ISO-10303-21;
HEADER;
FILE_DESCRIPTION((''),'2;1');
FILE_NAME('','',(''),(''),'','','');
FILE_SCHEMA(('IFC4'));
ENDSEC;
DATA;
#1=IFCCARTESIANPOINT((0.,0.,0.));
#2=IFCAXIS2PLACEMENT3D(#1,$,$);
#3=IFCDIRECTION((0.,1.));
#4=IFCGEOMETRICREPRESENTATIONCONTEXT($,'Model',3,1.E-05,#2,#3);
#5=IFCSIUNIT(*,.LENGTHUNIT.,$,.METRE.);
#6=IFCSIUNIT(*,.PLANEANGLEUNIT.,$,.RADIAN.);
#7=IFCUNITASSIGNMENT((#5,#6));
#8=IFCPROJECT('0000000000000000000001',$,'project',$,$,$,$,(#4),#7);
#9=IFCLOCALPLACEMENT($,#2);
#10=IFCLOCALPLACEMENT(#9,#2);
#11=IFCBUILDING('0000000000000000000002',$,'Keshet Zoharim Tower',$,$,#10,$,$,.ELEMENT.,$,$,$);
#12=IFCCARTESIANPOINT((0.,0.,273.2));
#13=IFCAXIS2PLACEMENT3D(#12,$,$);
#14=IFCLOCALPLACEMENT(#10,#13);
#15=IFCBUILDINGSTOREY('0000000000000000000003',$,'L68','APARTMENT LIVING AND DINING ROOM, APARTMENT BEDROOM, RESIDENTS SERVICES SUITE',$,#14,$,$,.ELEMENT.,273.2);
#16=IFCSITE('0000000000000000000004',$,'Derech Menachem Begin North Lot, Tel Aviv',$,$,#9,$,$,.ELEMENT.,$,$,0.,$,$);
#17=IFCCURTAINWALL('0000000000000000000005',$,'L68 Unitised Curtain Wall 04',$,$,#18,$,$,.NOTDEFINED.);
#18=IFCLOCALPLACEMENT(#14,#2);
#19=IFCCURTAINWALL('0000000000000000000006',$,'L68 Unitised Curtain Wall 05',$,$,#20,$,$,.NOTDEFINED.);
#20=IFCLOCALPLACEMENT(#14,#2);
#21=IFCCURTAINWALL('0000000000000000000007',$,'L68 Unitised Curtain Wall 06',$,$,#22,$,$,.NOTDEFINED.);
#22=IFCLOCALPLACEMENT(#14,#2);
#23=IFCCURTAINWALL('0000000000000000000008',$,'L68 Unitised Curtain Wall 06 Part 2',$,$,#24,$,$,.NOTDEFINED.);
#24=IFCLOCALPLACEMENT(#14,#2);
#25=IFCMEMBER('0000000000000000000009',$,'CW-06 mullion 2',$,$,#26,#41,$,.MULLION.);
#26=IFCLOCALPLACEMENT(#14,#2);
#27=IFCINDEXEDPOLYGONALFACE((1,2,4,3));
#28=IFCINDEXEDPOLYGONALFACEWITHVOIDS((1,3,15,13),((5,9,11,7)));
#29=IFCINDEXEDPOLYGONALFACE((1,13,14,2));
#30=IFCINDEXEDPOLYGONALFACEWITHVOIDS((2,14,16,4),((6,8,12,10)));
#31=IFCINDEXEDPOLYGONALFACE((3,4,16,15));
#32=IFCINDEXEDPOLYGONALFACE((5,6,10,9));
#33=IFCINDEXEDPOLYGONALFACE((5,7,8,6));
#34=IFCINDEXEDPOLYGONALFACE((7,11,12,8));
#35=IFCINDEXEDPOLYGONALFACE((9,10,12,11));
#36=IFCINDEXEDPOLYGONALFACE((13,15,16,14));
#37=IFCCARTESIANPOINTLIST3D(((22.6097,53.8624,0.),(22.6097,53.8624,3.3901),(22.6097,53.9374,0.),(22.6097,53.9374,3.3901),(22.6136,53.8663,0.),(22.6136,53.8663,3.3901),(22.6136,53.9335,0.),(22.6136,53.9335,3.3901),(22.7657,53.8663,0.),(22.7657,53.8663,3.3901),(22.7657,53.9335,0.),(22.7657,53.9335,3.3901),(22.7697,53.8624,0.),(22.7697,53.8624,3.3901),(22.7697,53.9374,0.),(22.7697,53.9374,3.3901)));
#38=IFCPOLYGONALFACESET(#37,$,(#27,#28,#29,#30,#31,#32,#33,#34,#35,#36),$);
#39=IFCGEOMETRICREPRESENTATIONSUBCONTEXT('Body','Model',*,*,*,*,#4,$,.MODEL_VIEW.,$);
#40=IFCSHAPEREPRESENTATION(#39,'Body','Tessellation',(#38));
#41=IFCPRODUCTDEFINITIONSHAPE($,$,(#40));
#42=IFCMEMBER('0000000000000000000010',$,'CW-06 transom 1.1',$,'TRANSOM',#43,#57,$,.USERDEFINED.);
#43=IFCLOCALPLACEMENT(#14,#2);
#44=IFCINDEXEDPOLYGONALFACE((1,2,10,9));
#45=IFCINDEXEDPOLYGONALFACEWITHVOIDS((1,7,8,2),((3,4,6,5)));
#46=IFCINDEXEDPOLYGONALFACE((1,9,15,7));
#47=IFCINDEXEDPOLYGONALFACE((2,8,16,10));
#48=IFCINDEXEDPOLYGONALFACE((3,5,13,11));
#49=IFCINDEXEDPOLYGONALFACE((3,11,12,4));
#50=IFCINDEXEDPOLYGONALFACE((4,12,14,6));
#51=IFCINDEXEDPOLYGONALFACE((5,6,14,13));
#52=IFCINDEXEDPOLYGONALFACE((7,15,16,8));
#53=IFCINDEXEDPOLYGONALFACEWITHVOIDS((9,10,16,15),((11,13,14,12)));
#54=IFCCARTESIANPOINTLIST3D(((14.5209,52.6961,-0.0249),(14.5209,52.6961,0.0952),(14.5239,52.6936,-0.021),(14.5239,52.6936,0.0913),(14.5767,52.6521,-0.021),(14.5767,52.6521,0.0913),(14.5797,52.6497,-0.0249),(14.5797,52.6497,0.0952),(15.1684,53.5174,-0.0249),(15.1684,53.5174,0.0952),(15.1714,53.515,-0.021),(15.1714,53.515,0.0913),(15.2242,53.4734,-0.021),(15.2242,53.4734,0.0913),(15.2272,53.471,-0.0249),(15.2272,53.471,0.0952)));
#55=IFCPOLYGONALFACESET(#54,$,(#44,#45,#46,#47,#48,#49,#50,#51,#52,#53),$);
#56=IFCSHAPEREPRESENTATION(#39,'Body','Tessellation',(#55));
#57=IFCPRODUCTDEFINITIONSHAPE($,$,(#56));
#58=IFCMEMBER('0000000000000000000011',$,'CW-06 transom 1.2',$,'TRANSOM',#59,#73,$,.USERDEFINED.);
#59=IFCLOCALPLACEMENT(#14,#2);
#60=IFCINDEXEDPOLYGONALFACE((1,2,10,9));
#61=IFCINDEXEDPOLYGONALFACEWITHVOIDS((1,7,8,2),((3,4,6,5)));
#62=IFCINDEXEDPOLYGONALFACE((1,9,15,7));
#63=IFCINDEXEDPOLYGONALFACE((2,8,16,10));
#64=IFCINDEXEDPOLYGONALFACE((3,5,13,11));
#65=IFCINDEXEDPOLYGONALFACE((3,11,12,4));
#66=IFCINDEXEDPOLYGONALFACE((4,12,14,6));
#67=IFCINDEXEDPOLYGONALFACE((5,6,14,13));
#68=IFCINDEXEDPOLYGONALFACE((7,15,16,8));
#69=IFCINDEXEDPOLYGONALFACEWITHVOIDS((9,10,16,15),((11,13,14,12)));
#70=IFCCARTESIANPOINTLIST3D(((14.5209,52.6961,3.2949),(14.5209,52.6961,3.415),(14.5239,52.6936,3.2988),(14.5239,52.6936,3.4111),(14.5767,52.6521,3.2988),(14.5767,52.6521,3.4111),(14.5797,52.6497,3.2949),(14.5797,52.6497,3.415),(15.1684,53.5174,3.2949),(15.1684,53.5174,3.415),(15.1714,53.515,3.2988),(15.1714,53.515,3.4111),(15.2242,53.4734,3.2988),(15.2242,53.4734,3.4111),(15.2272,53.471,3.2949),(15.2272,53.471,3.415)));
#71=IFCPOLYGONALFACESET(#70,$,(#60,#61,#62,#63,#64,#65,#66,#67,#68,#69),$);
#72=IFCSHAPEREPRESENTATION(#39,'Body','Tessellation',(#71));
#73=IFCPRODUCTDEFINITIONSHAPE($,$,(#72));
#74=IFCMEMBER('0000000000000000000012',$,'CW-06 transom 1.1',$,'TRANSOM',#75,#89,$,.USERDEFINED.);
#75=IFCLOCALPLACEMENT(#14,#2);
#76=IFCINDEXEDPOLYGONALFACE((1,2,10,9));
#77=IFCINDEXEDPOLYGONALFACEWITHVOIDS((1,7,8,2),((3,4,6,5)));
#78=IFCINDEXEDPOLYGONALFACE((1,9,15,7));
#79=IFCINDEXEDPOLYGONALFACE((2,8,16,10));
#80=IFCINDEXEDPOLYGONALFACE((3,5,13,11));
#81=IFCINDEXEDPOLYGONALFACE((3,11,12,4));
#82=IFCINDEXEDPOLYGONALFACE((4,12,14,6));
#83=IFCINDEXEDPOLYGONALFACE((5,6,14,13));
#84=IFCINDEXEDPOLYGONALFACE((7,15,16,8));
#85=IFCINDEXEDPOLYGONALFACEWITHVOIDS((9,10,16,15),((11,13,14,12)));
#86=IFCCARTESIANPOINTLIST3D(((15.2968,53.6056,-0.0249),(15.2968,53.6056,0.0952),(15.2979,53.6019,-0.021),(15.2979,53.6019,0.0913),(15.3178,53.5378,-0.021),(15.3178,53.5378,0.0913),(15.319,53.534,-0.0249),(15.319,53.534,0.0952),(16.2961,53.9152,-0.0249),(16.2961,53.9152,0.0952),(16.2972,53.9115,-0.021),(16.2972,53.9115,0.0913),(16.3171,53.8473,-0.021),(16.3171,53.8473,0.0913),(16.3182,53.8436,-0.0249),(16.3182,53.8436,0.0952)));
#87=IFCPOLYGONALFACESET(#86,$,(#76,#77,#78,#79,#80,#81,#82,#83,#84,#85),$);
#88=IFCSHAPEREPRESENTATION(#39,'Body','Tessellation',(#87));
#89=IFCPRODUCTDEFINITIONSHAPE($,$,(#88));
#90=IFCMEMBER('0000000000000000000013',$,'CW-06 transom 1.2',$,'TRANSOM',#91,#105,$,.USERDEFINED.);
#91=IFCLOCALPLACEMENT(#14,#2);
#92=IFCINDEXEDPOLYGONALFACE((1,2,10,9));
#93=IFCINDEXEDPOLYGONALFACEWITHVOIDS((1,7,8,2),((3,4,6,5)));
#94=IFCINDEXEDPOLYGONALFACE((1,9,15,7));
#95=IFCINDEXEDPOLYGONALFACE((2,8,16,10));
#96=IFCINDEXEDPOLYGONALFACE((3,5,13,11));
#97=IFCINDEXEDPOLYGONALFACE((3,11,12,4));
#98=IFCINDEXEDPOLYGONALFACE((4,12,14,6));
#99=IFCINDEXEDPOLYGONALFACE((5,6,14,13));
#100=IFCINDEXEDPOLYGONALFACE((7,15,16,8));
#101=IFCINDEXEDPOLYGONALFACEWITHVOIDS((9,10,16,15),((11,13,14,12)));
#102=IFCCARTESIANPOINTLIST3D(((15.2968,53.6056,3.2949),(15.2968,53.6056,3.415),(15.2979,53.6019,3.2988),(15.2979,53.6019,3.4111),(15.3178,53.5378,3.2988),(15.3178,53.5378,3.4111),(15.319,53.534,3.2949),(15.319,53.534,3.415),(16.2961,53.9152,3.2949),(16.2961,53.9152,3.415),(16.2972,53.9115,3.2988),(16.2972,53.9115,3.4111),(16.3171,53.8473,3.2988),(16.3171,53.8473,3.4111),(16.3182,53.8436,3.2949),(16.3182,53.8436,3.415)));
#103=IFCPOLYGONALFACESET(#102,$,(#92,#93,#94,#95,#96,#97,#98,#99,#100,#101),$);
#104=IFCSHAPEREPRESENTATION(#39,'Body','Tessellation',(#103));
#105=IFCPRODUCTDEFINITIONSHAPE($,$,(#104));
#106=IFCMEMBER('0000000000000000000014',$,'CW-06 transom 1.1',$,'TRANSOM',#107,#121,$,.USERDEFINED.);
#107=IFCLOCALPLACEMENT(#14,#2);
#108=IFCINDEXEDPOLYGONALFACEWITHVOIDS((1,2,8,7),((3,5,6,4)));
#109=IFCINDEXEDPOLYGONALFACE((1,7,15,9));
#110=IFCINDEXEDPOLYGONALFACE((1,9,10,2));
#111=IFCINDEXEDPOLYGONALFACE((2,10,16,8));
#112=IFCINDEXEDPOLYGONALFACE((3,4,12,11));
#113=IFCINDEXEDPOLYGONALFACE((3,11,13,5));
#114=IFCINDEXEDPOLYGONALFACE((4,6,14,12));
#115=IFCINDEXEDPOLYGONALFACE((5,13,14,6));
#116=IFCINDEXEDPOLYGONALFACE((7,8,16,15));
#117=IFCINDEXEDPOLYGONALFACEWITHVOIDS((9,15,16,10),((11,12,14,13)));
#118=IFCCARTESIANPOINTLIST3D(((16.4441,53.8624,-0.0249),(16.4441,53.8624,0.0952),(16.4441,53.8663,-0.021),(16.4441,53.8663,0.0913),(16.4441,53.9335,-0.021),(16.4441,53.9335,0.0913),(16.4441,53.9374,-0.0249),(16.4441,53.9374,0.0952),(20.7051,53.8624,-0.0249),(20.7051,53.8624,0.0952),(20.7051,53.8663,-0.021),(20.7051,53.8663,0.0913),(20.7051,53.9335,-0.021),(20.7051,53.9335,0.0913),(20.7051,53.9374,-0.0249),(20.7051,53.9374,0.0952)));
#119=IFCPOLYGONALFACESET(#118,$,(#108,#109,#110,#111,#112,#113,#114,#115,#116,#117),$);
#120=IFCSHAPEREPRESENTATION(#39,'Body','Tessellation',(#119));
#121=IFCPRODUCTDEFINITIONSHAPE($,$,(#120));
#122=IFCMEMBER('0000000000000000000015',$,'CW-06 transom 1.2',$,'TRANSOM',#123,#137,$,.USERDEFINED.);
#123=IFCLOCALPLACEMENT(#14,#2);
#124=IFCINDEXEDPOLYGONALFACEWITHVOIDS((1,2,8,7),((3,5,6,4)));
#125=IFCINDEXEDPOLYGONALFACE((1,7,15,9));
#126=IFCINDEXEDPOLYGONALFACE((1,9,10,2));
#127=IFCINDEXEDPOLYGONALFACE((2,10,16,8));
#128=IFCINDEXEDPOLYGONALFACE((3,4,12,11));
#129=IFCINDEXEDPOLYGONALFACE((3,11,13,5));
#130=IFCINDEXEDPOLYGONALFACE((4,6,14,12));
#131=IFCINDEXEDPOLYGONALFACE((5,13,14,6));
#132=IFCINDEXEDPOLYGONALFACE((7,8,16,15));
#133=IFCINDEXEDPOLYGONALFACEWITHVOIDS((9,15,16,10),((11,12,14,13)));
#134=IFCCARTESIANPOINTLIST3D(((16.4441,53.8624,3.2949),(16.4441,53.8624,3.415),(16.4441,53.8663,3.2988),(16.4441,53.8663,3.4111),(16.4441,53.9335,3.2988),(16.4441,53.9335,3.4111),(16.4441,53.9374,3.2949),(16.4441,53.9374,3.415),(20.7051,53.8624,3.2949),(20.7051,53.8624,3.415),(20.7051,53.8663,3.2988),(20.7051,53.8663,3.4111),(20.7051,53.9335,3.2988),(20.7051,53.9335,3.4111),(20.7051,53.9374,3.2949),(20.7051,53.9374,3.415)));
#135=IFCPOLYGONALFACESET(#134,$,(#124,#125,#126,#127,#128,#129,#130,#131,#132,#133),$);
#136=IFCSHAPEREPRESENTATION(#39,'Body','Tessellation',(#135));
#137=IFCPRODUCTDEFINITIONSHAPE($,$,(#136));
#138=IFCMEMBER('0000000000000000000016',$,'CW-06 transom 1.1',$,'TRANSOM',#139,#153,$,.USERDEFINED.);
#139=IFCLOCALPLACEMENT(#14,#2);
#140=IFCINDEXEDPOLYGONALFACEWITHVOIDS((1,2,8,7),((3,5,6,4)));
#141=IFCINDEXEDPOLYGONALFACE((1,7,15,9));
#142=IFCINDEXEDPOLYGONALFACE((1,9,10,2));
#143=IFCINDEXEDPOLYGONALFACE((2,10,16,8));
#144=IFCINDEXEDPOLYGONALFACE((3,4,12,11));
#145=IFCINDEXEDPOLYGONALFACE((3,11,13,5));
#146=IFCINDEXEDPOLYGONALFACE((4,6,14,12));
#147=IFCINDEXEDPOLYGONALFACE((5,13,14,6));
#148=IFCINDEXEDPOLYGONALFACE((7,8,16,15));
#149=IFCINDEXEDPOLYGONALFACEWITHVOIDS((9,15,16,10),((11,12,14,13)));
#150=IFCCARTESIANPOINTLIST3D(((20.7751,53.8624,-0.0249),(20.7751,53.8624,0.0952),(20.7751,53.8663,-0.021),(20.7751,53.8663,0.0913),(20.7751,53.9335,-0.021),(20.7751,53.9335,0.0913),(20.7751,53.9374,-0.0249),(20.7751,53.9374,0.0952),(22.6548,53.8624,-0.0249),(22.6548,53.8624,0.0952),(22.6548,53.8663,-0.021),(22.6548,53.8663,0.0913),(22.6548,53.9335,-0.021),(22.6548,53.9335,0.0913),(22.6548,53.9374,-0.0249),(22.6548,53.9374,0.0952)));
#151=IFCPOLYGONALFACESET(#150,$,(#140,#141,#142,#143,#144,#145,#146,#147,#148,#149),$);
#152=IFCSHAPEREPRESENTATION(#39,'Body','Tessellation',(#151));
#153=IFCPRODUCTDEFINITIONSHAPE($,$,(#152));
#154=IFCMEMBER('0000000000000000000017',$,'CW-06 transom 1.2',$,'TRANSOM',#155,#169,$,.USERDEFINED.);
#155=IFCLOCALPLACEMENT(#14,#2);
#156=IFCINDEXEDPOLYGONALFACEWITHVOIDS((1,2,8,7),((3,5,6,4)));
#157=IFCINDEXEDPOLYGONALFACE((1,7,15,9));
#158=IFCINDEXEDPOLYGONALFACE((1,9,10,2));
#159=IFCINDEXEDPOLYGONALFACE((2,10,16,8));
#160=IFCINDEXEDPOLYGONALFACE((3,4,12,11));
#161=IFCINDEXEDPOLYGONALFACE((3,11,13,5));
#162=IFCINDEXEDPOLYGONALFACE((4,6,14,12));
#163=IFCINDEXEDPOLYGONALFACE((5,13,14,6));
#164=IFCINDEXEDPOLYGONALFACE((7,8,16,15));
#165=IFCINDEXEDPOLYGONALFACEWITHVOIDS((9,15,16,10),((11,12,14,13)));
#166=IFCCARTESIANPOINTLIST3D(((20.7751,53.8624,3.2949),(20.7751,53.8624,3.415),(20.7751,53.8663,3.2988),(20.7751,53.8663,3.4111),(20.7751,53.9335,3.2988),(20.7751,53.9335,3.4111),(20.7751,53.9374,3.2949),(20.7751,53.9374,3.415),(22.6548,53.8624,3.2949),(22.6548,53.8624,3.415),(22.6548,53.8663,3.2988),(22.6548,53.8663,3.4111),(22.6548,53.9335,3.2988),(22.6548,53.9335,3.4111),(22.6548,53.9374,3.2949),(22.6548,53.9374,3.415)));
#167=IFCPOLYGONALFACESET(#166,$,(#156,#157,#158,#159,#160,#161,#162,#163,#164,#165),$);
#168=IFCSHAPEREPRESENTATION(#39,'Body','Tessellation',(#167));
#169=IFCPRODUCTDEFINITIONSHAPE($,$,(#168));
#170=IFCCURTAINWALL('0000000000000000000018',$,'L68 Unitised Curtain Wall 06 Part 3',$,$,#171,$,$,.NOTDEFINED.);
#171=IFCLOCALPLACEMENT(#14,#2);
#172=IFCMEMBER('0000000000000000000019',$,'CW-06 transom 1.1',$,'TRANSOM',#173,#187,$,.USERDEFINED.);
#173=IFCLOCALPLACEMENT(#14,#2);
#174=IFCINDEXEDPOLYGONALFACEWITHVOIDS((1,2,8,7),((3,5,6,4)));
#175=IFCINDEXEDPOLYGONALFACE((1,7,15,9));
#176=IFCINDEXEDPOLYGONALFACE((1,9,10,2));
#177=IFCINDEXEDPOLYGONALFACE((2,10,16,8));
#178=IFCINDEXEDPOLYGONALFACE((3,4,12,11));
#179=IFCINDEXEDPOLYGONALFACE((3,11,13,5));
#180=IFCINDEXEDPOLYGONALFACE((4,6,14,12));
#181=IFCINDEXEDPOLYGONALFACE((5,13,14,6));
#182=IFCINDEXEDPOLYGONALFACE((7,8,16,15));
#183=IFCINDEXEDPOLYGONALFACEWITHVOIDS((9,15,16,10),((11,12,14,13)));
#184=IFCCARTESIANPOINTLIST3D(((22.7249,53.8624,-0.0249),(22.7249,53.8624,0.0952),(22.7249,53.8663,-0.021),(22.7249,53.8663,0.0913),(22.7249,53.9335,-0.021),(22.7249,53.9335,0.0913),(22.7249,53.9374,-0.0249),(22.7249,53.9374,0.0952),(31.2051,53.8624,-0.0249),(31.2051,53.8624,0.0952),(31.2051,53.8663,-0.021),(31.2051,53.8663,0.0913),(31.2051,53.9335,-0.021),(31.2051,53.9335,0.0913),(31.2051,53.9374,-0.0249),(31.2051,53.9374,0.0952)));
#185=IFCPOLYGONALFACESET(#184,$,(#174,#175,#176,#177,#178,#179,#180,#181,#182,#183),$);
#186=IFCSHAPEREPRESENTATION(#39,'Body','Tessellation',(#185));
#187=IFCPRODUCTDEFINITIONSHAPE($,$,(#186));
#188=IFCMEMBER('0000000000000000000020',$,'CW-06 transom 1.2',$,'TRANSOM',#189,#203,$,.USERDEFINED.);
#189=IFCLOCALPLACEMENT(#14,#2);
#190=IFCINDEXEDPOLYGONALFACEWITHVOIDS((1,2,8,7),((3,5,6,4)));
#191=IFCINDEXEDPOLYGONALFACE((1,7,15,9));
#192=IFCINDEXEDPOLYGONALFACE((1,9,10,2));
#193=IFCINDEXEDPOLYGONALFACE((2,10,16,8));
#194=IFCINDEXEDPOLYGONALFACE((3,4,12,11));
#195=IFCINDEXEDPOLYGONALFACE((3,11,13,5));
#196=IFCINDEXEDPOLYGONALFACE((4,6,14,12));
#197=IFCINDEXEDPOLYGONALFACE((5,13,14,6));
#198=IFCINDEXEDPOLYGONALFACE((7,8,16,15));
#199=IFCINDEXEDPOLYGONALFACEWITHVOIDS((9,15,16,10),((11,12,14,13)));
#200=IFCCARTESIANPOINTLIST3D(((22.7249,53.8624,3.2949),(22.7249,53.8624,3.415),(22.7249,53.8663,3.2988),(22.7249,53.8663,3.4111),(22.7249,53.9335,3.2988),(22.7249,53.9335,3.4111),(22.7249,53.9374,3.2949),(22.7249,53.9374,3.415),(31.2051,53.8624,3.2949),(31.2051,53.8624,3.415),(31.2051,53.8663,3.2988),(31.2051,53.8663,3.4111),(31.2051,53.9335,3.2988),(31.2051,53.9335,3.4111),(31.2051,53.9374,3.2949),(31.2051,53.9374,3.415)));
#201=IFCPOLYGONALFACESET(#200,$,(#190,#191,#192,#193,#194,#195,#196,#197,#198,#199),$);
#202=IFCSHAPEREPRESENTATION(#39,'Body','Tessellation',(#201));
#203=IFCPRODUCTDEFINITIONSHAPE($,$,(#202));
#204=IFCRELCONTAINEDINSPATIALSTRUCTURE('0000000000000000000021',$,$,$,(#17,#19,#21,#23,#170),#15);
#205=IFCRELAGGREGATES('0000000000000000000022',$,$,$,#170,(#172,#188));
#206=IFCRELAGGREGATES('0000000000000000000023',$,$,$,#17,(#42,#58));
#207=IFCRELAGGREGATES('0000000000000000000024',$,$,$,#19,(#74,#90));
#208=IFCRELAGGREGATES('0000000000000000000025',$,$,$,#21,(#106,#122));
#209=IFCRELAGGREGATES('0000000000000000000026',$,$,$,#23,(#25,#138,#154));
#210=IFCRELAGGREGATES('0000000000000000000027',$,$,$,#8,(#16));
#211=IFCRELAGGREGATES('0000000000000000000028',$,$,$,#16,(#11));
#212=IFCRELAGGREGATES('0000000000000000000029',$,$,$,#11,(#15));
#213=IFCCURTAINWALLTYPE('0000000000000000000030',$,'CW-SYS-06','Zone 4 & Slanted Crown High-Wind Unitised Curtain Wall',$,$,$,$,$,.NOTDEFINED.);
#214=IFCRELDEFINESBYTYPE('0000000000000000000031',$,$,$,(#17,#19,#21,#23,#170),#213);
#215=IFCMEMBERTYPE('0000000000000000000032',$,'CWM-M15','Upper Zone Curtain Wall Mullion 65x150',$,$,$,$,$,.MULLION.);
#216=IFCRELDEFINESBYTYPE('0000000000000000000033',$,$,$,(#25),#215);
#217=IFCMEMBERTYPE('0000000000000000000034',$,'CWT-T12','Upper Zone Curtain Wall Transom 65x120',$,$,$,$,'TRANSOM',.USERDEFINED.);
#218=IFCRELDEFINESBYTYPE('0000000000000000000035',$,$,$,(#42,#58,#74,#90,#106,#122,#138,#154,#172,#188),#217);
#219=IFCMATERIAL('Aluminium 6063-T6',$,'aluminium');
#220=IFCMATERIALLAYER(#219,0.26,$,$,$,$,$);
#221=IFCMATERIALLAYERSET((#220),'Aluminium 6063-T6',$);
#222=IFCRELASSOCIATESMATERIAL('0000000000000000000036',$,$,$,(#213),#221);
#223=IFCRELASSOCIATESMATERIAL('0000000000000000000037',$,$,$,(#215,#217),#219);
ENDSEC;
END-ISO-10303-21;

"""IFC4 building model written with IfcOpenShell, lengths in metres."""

from ifc_helpers import new_model, si_unit, direction, frame, origin, origin_2d, place, context, subcontext, project, spatial, hollow_rectangle, extrude, material, layer, layer_set, material_profile, profile_set, type_object, element, aggregate, save


model = new_model("IFC4")

# Units and contexts
model_context = context("Model", 3, precision=1e-05, world=origin(), true_north=direction((0.0, 1.0)))
body_context = subcontext(model_context, "Body", "Model", "MODEL_VIEW")
ifc_project = project(units=[si_unit("LENGTHUNIT", "METRE"), si_unit("PLANEANGLEUNIT", "RADIAN")], contexts=[model_context])

# Site, building, storey
site_placement = place(None, origin())
site = spatial("IfcSite", under=ifc_project, at=site_placement, Name="Derech Menachem Begin North Lot, Tel Aviv", CompositionType="ELEMENT", RefElevation=0.0)
building_placement = place(site_placement, origin())
building = spatial("IfcBuilding", under=site, at=building_placement, Name="Keshet Zoharim Tower", CompositionType="ELEMENT")
storey_placement = place(building_placement, frame((0.0, 0.0, 273.2)))
storey = spatial("IfcBuildingStorey", under=building, at=storey_placement, Name="L68", Description="APARTMENT LIVING AND DINING ROOM, APARTMENT BEDROOM, RESIDENTS SERVICES SUITE", CompositionType="ELEMENT", Elevation=273.2)

# Curtain wall
ifc_material_1 = material(Name="Aluminium 6063-T6", Category="aluminium")
ifc_layer_1 = layer(ifc_material_1, 0.26)
ifc_layer_set_1 = layer_set([ifc_layer_1], Name="Aluminium 6063-T6")
curtain_wall_type = type_object("IfcCurtainWallType", Name="CW-SYS-06", Description="Zone 4 & Slanted Crown High-Wind Unitised Curtain Wall", PredefinedType="NOTDEFINED", material=ifc_layer_set_1)
curtain_wall_1_placement = place(storey_placement, origin())
curtain_wall_1 = element("IfcCurtainWall", 1, at=curtain_wall_1_placement, inside=storey, type_object=curtain_wall_type, Name="L68 Unitised Curtain Wall 04", PredefinedType="NOTDEFINED")
ifc_material_profile_1 = material_profile(ifc_material_1, hollow_rectangle(XDim=0.075, YDim=0.1599, WallThickness=0.0039, at=origin_2d()), Name="MUL-75x160")
ifc_profile_set_1 = profile_set([ifc_material_profile_1], Name="Aluminium 6063-T6")
member_type_1 = type_object("IfcMemberType", Name="CWM-M15", Description="Upper Zone Curtain Wall Mullion 65x150", PredefinedType="MULLION", material=ifc_profile_set_1)

# Curtain walls
curtain_wall_2_placement = place(storey_placement, origin())
curtain_wall_2 = element("IfcCurtainWall", 2, at=curtain_wall_2_placement, inside=storey, type_object=curtain_wall_type, Name="L68 Unitised Curtain Wall 05", PredefinedType="NOTDEFINED")
curtain_wall_3_placement = place(storey_placement, origin())
curtain_wall_3 = element("IfcCurtainWall", 3, at=curtain_wall_3_placement, inside=storey, type_object=curtain_wall_type, Name="L68 Unitised Curtain Wall 06", PredefinedType="NOTDEFINED")

# Curtain wall, member
curtain_wall_4_placement = place(storey_placement, origin())
curtain_wall_4 = element("IfcCurtainWall", 4, at=curtain_wall_4_placement, inside=storey, type_object=curtain_wall_type, Name="L68 Unitised Curtain Wall 06 Part 2", PredefinedType="NOTDEFINED")
member_1_placement = place(storey_placement, frame((22.6897, 53.8999, 0.0), z_axis=(0.0, 0.0, 1.0), x_axis=(0.0, 1.0, 0.0)))
member_1 = element("IfcMember", 5, at=member_1_placement, type_object=member_type_1, Name="CW-06 mullion 2", PredefinedType="MULLION", context=body_context, shape_type="SweptSolid", body=[
    extrude(hollow_rectangle(XDim=0.075, YDim=0.1599, WallThickness=0.0039, at=origin_2d()), origin(), (0.0, 0.0, 1.0), 3.3901),
])

# Members
ifc_material_profile_2 = material_profile(ifc_material_1, hollow_rectangle(XDim=0.075, YDim=0.1201, WallThickness=0.0039, at=origin_2d()), Name="TRN-75x120")
ifc_profile_set_2 = profile_set([ifc_material_profile_2], Name="Aluminium 6063-T6")
member_type_2 = type_object("IfcMemberType", Name="CWT-T12", Description="Upper Zone Curtain Wall Transom 65x120", ElementType="TRANSOM", PredefinedType="USERDEFINED", material=ifc_profile_set_2)
member_2_placement = place(storey_placement, frame((14.5503, 52.6729, 0.0352), z_axis=(0.619099, 0.785313, 0.0), x_axis=(-0.785313, 0.619099, 0.0)))
member_2 = element("IfcMember", 6, at=member_2_placement, type_object=member_type_2, Name="CW-06 transom 1.1", ObjectType="TRANSOM", PredefinedType="USERDEFINED", context=body_context, shape_type="SweptSolid", body=[
    extrude(hollow_rectangle(XDim=0.075, YDim=0.1201, WallThickness=0.0039, at=origin_2d()), origin(), (0.0, 0.0, 1.0), 1.0459),
])
member_3_placement = place(storey_placement, frame((14.5503, 52.6729, 3.355), z_axis=(0.619099, 0.785313, 0.0), x_axis=(-0.785313, 0.619099, 0.0)))
member_3 = element("IfcMember", 7, at=member_3_placement, type_object=member_type_2, Name="CW-06 transom 1.2", ObjectType="TRANSOM", PredefinedType="USERDEFINED", context=body_context, shape_type="SweptSolid", body=[
    extrude(hollow_rectangle(XDim=0.075, YDim=0.1201, WallThickness=0.0039, at=origin_2d()), origin(), (0.0, 0.0, 1.0), 1.0459),
])
member_4_placement = place(storey_placement, frame((15.3079, 53.5698, 0.0352), z_axis=(0.955212, 0.295922, 0.0), x_axis=(-0.295922, 0.955212, 0.0)))
member_4 = element("IfcMember", 8, at=member_4_placement, type_object=member_type_2, Name="CW-06 transom 1.1", ObjectType="TRANSOM", PredefinedType="USERDEFINED", context=body_context, shape_type="SweptSolid", body=[
    extrude(hollow_rectangle(XDim=0.075, YDim=0.1201, WallThickness=0.0039, at=origin_2d()), origin(), (0.0, 0.0, 1.0), 1.0461),
])
member_5_placement = place(storey_placement, frame((15.3079, 53.5698, 3.355), z_axis=(0.955212, 0.295922, 0.0), x_axis=(-0.295922, 0.955212, 0.0)))
member_5 = element("IfcMember", 9, at=member_5_placement, type_object=member_type_2, Name="CW-06 transom 1.2", ObjectType="TRANSOM", PredefinedType="USERDEFINED", context=body_context, shape_type="SweptSolid", body=[
    extrude(hollow_rectangle(XDim=0.075, YDim=0.1201, WallThickness=0.0039, at=origin_2d()), origin(), (0.0, 0.0, 1.0), 1.0461),
])
member_6_placement = place(storey_placement, frame((16.4441, 53.8999, 0.0352), z_axis=(1.0, 0.0, 0.0), x_axis=(0.0, 1.0, 0.0)))
member_6 = element("IfcMember", 10, at=member_6_placement, type_object=member_type_2, Name="CW-06 transom 1.1", ObjectType="TRANSOM", PredefinedType="USERDEFINED", context=body_context, shape_type="SweptSolid", body=[
    extrude(hollow_rectangle(XDim=0.075, YDim=0.1201, WallThickness=0.0039, at=origin_2d()), origin(), (0.0, 0.0, 1.0), 4.261),
])
member_7_placement = place(storey_placement, frame((16.4441, 53.8999, 3.355), z_axis=(1.0, 0.0, 0.0), x_axis=(0.0, 1.0, 0.0)))
member_7 = element("IfcMember", 11, at=member_7_placement, type_object=member_type_2, Name="CW-06 transom 1.2", ObjectType="TRANSOM", PredefinedType="USERDEFINED", context=body_context, shape_type="SweptSolid", body=[
    extrude(hollow_rectangle(XDim=0.075, YDim=0.1201, WallThickness=0.0039, at=origin_2d()), origin(), (0.0, 0.0, 1.0), 4.261),
])
member_8_placement = place(storey_placement, frame((20.7751, 53.8999, 0.0352), z_axis=(1.0, 0.0, 0.0), x_axis=(0.0, 1.0, 0.0)))
member_8 = element("IfcMember", 12, at=member_8_placement, type_object=member_type_2, Name="CW-06 transom 1.1", ObjectType="TRANSOM", PredefinedType="USERDEFINED", context=body_context, shape_type="SweptSolid", body=[
    extrude(hollow_rectangle(XDim=0.075, YDim=0.1201, WallThickness=0.0039, at=origin_2d()), origin(), (0.0, 0.0, 1.0), 1.8796),
])
member_9_placement = place(storey_placement, frame((20.7751, 53.8999, 3.355), z_axis=(1.0, 0.0, 0.0), x_axis=(0.0, 1.0, 0.0)))
member_9 = element("IfcMember", 13, at=member_9_placement, type_object=member_type_2, Name="CW-06 transom 1.2", ObjectType="TRANSOM", PredefinedType="USERDEFINED", context=body_context, shape_type="SweptSolid", body=[
    extrude(hollow_rectangle(XDim=0.075, YDim=0.1201, WallThickness=0.0039, at=origin_2d()), origin(), (0.0, 0.0, 1.0), 1.8796),
])

# Curtain wall, members
curtain_wall_5_placement = place(storey_placement, origin())
curtain_wall_5 = element("IfcCurtainWall", 14, at=curtain_wall_5_placement, inside=storey, type_object=curtain_wall_type, Name="L68 Unitised Curtain Wall 06 Part 3", PredefinedType="NOTDEFINED")
member_10_placement = place(storey_placement, frame((22.7249, 53.8999, 0.0352), z_axis=(1.0, 0.0, 0.0), x_axis=(0.0, 1.0, 0.0)))
member_10 = element("IfcMember", 15, at=member_10_placement, type_object=member_type_2, Name="CW-06 transom 1.1", ObjectType="TRANSOM", PredefinedType="USERDEFINED", context=body_context, shape_type="SweptSolid", body=[
    extrude(hollow_rectangle(XDim=0.075, YDim=0.1201, WallThickness=0.0039, at=origin_2d()), origin(), (0.0, 0.0, 1.0), 8.4802),
])
member_11_placement = place(storey_placement, frame((22.7249, 53.8999, 3.355), z_axis=(1.0, 0.0, 0.0), x_axis=(0.0, 1.0, 0.0)))
member_11 = element("IfcMember", 16, at=member_11_placement, type_object=member_type_2, Name="CW-06 transom 1.2", ObjectType="TRANSOM", PredefinedType="USERDEFINED", context=body_context, shape_type="SweptSolid", body=[
    extrude(hollow_rectangle(XDim=0.075, YDim=0.1201, WallThickness=0.0039, at=origin_2d()), origin(), (0.0, 0.0, 1.0), 8.4802),
])
aggregate(curtain_wall_5, [member_10, member_11])

aggregate(curtain_wall_1, [member_2, member_3])
aggregate(curtain_wall_2, [member_4, member_5])
aggregate(curtain_wall_3, [member_6, member_7])
aggregate(curtain_wall_4, [member_1, member_8, member_9])

save(model, "model.ifc")
